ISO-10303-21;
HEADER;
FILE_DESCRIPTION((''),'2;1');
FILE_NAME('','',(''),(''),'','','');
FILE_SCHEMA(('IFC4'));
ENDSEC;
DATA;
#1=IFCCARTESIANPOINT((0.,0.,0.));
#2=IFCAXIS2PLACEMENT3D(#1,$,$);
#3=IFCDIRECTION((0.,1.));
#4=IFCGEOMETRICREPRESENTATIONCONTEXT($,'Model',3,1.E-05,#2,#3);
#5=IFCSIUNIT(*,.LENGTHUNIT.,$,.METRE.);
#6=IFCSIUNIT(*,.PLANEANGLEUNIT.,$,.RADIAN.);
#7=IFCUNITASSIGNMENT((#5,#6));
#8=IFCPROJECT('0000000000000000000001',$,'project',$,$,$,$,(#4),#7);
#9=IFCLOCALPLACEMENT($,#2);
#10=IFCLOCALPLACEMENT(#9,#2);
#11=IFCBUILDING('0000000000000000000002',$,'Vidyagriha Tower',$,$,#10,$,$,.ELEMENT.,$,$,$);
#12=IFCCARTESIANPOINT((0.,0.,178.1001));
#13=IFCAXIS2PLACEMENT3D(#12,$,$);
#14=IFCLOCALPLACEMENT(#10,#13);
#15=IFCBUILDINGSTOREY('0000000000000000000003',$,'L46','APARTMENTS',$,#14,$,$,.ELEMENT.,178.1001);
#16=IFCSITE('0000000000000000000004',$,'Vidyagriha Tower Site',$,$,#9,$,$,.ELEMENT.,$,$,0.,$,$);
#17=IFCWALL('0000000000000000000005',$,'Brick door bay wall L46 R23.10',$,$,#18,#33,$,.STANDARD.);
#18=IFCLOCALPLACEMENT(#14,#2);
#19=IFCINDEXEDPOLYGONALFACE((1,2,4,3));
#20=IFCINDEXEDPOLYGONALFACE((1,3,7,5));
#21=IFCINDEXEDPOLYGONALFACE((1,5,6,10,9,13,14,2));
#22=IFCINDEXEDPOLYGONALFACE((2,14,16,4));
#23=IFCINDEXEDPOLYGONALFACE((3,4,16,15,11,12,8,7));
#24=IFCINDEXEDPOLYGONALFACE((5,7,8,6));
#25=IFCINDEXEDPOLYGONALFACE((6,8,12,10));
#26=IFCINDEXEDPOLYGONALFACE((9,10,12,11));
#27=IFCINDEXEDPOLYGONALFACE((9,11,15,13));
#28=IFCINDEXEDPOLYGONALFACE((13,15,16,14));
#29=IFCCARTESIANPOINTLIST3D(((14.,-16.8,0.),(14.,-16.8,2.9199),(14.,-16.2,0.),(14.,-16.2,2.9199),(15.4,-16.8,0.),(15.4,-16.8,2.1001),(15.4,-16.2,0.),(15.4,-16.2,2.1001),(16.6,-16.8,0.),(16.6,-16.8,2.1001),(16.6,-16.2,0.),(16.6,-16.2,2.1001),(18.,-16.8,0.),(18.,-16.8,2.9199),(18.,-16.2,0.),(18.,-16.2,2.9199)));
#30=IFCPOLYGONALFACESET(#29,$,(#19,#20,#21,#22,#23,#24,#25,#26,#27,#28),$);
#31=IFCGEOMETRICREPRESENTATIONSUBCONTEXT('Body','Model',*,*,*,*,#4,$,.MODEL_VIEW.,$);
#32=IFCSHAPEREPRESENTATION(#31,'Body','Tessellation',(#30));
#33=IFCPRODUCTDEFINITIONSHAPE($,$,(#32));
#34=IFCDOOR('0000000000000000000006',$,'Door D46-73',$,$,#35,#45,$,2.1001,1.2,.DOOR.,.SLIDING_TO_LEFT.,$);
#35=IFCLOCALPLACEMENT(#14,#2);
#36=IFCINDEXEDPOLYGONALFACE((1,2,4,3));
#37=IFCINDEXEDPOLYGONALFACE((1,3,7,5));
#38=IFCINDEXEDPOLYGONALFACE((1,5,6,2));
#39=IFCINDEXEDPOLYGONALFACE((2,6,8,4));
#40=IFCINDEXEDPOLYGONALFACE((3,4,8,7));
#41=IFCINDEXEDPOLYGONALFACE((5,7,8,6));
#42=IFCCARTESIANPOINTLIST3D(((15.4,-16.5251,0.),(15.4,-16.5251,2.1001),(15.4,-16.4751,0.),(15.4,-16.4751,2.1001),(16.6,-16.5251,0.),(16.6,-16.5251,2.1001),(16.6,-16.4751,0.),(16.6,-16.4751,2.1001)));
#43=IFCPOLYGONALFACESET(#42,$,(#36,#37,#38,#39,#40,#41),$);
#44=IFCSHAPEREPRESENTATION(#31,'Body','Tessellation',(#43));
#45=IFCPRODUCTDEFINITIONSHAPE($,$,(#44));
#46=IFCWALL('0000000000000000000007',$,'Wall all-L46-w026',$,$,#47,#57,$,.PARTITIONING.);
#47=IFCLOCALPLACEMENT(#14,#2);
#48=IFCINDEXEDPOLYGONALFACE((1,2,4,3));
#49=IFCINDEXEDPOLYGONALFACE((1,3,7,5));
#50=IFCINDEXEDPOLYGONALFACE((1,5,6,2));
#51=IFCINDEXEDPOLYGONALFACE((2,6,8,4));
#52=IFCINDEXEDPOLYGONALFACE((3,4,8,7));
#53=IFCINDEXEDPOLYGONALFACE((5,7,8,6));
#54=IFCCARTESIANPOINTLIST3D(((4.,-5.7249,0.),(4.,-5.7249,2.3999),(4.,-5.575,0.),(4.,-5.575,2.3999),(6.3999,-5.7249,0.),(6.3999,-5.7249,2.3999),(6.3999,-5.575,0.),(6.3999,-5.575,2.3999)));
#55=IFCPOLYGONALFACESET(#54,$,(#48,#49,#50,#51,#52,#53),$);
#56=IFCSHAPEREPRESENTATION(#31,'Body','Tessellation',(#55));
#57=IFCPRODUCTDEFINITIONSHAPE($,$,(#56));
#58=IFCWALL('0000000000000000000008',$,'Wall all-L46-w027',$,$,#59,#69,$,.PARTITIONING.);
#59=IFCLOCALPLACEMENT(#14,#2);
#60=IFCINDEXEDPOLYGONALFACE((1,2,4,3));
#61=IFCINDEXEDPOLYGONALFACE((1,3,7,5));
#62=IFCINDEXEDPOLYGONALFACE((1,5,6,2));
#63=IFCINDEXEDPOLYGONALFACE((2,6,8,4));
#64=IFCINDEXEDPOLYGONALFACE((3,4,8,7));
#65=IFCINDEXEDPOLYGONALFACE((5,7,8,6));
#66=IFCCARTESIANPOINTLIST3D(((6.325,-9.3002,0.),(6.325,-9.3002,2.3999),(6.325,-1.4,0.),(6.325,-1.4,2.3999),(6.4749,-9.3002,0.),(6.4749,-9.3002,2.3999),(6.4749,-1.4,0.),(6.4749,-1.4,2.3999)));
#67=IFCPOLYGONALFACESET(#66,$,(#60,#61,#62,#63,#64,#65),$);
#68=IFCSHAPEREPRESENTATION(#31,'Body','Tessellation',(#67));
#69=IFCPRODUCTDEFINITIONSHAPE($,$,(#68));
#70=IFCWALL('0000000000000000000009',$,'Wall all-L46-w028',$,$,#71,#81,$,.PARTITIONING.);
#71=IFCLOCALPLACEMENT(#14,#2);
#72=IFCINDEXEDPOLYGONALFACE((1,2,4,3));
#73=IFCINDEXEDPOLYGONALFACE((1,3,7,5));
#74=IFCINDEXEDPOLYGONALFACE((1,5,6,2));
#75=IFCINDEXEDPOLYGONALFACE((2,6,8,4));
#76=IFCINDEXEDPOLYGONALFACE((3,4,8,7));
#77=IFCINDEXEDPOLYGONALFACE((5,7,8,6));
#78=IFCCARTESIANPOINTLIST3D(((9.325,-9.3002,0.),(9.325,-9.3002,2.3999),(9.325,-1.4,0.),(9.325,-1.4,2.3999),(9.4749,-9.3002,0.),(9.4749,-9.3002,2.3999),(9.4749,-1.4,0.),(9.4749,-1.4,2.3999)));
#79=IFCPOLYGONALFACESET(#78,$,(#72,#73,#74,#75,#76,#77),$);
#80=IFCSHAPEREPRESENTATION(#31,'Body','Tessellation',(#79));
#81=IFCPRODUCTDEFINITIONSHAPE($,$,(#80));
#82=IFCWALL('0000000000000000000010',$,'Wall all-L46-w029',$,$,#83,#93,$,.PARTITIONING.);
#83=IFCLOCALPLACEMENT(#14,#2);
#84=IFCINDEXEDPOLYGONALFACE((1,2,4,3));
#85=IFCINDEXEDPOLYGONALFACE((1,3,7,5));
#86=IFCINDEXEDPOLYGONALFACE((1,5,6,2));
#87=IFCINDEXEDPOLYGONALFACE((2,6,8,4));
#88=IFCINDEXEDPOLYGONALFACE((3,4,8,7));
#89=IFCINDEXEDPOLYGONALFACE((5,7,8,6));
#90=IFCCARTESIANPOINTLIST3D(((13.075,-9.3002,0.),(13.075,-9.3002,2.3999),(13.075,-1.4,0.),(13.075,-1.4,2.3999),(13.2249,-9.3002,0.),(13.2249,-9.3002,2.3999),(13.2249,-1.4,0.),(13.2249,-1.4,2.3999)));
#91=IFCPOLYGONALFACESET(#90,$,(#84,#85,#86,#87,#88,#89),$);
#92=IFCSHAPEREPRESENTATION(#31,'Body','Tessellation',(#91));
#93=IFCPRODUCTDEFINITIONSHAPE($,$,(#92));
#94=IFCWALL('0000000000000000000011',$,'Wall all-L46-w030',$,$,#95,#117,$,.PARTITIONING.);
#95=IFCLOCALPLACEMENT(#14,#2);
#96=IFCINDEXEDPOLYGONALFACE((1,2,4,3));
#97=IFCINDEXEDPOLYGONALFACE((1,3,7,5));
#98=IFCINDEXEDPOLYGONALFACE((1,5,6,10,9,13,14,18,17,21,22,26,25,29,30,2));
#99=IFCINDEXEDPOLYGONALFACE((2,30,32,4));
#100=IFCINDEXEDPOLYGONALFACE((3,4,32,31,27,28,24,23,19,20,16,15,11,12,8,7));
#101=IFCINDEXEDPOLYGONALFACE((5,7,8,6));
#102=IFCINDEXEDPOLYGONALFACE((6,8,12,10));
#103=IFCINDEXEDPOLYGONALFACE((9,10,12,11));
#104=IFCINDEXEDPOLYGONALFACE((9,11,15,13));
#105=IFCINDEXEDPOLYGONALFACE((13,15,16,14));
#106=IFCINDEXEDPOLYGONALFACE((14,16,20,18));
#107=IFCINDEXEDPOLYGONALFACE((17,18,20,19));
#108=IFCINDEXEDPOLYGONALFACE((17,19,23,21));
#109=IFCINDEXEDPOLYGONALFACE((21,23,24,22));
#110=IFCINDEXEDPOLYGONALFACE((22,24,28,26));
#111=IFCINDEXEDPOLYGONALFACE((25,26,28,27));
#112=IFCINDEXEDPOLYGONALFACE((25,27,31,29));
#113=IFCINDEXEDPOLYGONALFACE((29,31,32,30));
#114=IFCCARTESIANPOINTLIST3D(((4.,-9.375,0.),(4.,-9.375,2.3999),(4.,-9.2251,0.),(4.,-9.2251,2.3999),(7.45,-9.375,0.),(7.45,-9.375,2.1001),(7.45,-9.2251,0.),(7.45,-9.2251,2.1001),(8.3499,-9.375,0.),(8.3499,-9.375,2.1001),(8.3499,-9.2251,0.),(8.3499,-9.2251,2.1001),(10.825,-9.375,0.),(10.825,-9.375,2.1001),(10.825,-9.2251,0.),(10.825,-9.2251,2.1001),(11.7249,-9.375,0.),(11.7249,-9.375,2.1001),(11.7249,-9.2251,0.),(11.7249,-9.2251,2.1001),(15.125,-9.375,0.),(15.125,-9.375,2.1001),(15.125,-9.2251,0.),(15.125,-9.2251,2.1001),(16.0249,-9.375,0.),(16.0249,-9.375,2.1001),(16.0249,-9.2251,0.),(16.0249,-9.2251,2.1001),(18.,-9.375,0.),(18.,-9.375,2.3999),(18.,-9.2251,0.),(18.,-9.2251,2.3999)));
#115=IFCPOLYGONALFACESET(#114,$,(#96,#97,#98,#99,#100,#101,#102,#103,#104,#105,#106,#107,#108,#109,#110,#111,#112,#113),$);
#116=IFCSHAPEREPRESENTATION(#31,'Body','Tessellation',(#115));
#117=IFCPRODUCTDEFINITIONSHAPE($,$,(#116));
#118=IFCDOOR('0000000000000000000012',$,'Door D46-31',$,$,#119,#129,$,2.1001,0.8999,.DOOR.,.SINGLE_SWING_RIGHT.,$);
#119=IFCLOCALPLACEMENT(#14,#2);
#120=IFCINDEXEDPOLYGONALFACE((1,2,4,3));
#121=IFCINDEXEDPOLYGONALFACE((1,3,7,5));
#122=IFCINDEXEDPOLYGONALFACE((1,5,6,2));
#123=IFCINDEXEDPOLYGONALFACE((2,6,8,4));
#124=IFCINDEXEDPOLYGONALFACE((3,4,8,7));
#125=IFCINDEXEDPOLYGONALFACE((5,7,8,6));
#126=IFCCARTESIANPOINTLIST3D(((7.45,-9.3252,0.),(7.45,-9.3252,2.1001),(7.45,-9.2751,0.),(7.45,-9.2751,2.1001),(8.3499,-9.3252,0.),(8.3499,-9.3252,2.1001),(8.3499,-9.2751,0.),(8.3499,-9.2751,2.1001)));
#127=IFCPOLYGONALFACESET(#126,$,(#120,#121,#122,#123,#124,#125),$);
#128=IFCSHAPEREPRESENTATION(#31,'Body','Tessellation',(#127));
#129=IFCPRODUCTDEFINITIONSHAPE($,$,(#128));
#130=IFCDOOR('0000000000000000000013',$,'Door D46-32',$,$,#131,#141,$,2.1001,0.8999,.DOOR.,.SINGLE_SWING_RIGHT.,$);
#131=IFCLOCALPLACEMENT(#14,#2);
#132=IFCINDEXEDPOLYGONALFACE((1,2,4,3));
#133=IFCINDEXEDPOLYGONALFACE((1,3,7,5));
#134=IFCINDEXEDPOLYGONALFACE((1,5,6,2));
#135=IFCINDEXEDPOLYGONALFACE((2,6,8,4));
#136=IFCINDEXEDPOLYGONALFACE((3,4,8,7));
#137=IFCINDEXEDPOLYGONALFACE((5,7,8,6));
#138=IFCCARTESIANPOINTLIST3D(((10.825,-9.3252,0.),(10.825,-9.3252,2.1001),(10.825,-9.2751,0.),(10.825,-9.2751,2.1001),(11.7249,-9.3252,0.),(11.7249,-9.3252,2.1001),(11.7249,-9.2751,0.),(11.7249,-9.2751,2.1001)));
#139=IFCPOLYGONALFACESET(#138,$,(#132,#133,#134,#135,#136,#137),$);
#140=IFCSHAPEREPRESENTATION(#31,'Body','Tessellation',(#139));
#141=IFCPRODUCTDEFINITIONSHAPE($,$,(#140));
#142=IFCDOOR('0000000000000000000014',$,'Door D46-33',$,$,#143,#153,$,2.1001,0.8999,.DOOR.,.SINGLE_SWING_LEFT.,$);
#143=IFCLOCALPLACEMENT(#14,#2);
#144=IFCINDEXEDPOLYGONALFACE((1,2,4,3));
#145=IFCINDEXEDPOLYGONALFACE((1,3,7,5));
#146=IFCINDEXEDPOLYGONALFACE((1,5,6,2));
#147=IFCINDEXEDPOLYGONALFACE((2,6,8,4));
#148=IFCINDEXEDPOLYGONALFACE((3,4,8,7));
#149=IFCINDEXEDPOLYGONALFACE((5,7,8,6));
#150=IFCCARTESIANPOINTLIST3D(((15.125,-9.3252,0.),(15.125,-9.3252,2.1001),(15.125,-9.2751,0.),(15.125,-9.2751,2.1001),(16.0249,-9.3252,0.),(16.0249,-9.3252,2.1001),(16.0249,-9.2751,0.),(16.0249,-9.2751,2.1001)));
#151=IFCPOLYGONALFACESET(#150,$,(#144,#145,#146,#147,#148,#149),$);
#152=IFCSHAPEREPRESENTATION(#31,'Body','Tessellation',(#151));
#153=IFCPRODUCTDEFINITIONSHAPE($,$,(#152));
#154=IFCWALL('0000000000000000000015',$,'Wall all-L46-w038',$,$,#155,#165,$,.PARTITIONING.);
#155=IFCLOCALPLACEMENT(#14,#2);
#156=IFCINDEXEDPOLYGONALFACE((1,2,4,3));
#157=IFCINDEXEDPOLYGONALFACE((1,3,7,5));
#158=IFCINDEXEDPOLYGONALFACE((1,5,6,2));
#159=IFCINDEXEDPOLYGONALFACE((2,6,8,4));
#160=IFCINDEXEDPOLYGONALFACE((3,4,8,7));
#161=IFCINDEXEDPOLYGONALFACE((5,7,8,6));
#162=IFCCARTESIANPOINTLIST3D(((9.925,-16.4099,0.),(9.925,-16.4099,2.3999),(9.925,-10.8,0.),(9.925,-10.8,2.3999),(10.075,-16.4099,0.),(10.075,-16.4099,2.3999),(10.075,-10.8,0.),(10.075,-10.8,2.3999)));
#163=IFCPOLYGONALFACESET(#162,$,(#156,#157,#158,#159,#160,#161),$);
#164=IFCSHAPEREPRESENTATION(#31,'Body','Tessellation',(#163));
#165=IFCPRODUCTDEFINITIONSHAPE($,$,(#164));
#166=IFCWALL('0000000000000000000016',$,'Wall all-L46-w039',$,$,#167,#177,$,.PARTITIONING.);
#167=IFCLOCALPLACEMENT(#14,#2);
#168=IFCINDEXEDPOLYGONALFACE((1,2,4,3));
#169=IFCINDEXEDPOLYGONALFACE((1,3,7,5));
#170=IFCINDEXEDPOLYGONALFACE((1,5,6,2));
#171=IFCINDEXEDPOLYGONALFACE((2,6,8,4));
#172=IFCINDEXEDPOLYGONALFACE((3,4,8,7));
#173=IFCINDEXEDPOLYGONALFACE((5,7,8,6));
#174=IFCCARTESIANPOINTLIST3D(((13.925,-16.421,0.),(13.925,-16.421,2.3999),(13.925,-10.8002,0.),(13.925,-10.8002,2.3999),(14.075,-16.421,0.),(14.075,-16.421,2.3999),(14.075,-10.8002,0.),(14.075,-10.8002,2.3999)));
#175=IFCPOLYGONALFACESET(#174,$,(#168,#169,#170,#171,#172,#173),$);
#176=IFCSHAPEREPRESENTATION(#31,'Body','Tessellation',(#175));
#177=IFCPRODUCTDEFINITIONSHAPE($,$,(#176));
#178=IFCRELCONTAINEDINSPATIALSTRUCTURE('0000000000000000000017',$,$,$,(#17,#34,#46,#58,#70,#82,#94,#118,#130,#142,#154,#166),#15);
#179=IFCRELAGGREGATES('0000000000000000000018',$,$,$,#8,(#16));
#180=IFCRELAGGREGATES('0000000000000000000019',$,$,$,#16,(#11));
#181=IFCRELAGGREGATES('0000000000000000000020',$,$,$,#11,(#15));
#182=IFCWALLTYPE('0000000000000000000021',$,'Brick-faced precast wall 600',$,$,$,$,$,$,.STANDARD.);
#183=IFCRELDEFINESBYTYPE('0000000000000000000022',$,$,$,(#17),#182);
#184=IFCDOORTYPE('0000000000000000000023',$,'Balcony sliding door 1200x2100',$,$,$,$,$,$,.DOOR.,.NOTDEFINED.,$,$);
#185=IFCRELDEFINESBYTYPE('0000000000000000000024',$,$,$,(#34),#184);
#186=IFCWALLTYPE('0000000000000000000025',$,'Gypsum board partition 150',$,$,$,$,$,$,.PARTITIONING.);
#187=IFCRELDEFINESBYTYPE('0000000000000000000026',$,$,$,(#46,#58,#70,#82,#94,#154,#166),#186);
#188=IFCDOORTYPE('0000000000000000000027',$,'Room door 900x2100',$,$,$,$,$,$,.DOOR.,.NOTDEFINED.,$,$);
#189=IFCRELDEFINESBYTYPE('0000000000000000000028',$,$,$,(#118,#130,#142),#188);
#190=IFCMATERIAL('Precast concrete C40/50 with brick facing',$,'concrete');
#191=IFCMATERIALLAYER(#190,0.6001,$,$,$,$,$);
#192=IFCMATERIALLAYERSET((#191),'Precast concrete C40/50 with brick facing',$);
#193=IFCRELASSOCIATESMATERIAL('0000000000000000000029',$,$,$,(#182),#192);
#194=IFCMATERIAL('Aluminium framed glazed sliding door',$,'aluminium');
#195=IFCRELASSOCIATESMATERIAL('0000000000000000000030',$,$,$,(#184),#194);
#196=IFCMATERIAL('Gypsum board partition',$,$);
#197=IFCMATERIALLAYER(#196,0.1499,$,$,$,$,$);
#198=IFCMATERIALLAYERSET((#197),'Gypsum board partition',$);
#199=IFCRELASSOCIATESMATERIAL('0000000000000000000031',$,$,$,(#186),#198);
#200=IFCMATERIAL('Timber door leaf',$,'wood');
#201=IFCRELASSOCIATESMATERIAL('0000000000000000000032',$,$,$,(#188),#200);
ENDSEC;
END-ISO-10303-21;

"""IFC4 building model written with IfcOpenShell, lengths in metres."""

from ifc_helpers import new_model, si_unit, direction, frame, frame_2d, origin, place, context, subcontext, project, spatial, rectangle, extrude, material, layer, layer_set, type_object, element, fill, save


model = new_model("IFC4")

# Units and contexts
model_context = context("Model", 3, precision=1e-05, world=origin(), true_north=direction((0.0, 1.0)))
body_context = subcontext(model_context, "Body", "Model", "MODEL_VIEW")
ifc_project = project(units=[si_unit("LENGTHUNIT", "METRE"), si_unit("PLANEANGLEUNIT", "RADIAN")], contexts=[model_context])

# Site, building, storey
site_placement = place(None, origin())
site = spatial("IfcSite", under=ifc_project, at=site_placement, Name="Vidyagriha Tower Site", CompositionType="ELEMENT", RefElevation=0.0)
building_placement = place(site_placement, origin())
building = spatial("IfcBuilding", under=site, at=building_placement, Name="Vidyagriha Tower", CompositionType="ELEMENT")
storey_placement = place(building_placement, frame((0.0, 0.0, 178.1001)))
storey = spatial("IfcBuildingStorey", under=building, at=storey_placement, Name="L46", Description="APARTMENTS", CompositionType="ELEMENT", Elevation=178.1001)

# Wall, opening, door
ifc_material_1 = material(Name="Precast concrete C40/50 with brick facing", Category="concrete")
ifc_layer_1 = layer(ifc_material_1, 0.6001)
ifc_layer_set_1 = layer_set([ifc_layer_1], Name="Precast concrete C40/50 with brick facing")
wall_type_1 = type_object("IfcWallType", Name="Brick-faced precast wall 600", PredefinedType="STANDARD", material=ifc_layer_set_1)
ifc_material_2 = material(Name="Aluminium framed glazed sliding door", Category="aluminium")
door_type_1 = type_object("IfcDoorType", Name="Balcony sliding door 1200x2100", OperationType="NOTDEFINED", PredefinedType="DOOR", material=ifc_material_2)
wall_1_placement = place(storey_placement, frame((14.0, -16.5, 0.0)))
wall_1 = element("IfcWall", 1, at=wall_1_placement, inside=storey, type_object=wall_type_1, Name="Brick door bay wall L46 R23.10", PredefinedType="STANDARD", context=body_context, shape_type="SweptSolid", body=[
    extrude(rectangle(XDim=4.0, YDim=0.6001, at=frame_2d((2.0, 0.0))), origin(), (0.0, 0.0, 1.0), 2.9199),
])
opening_1_placement = place(wall_1_placement, frame((1.3999, 0.0, 0.0)))
opening_1 = element("IfcOpeningElement", 2, at=opening_1_placement, cuts=wall_1, PredefinedType="OPENING", context=body_context, shape_type="SweptSolid", body=[
    extrude(rectangle(XDim=1.2, YDim=2.1001, at=frame_2d((0.6001, 1.05))), frame((0.0, 0.3101, 0.0), z_axis=(0.0, -1.0, 0.0), x_axis=(1.0, 0.0, 0.0)), (0.0, 0.0, 1.0), 0.6201),
])
door_1_placement = place(opening_1_placement, origin())
door_1 = element("IfcDoor", 3, at=door_1_placement, inside=storey, type_object=door_type_1, Name="Door D46-73", OperationType="SLIDING_TO_LEFT", OverallHeight=2.1001, OverallWidth=1.2, PredefinedType="DOOR", context=body_context, shape_type="SweptSolid", body=[
    extrude(rectangle(XDim=1.2, YDim=2.1001, at=frame_2d((0.6001, 1.05))), frame((0.0, 0.0249, 0.0), z_axis=(0.0, -1.0, 0.0), x_axis=(1.0, 0.0, 0.0)), (0.0, 0.0, 1.0), 0.05),
])
fill(opening_1, door_1)

# Walls
ifc_material_3 = material(Name="Gypsum board partition")
ifc_layer_2 = layer(ifc_material_3, 0.1499)
ifc_layer_set_2 = layer_set([ifc_layer_2], Name="Gypsum board partition")
wall_type_2 = type_object("IfcWallType", Name="Gypsum board partition 150", PredefinedType="PARTITIONING", material=ifc_layer_set_2)
wall_2_placement = place(storey_placement, frame((6.3999, -5.6499, 0.0), z_axis=(0.0, 0.0, 1.0), x_axis=(-1.0, 0.0, 0.0)))
element("IfcWall", 4, at=wall_2_placement, inside=storey, type_object=wall_type_2, Name="Wall all-L46-w026", PredefinedType="PARTITIONING", context=body_context, shape_type="SweptSolid", body=[
    extrude(rectangle(XDim=2.3999, YDim=0.1499, at=frame_2d((1.2, 0.0))), origin(), (0.0, 0.0, 1.0), 2.3999),
])
for number, where, z_axis, x_axis, name in (
    (5, (6.3999, -1.3999, 0.0), (0.0, 0.0, 1.0), (0.0, -1.0, 0.0), "Wall all-L46-w027"),
    (6, (9.3999, -1.3999, 0.0), (0.0, 0.0, 1.0), (0.0, -1.0, 0.0), "Wall all-L46-w028"),
    (7, (13.1499, -1.3999, 0.0), (0.0, 0.0, 1.0), (0.0, -1.0, 0.0), "Wall all-L46-w029"),
):
    element("IfcWall", number, at=place(storey_placement, frame(where, z_axis=z_axis, x_axis=x_axis)), inside=storey, type_object=wall_type_2, Name=name, PredefinedType="PARTITIONING", context=body_context, shape_type="SweptSolid", body=[
        extrude(rectangle(XDim=7.9001, YDim=0.1499, at=frame_2d((3.9502, 0.0))), origin(), (0.0, 0.0, 1.0), 2.3999),
    ])

# Wall, openings, doors
wall_3_placement = place(storey_placement, frame((4.0, -9.3, 0.0)))
wall_3 = element("IfcWall", 8, at=wall_3_placement, inside=storey, type_object=wall_type_2, Name="Wall all-L46-w030", PredefinedType="PARTITIONING", context=body_context, shape_type="SweptSolid", body=[
    extrude(rectangle(XDim=14.0, YDim=0.1499, at=frame_2d((7.0, 0.0))), origin(), (0.0, 0.0, 1.0), 2.3999),
])
opening_2_placement = place(wall_3_placement, frame((3.45, 0.0, 0.0)))
opening_2 = element("IfcOpeningElement", 9, at=opening_2_placement, cuts=wall_3, PredefinedType="OPENING", context=body_context, shape_type="SweptSolid", body=[
    extrude(rectangle(XDim=0.8999, YDim=2.1001, at=frame_2d((0.45, 1.05))), frame((0.0, 0.085, 0.0), z_axis=(0.0, -1.0, 0.0), x_axis=(1.0, 0.0, 0.0)), (0.0, 0.0, 1.0), 0.1699),
])
opening_3_placement = place(wall_3_placement, frame((6.825, 0.0, 0.0)))
opening_3 = element("IfcOpeningElement", 10, at=opening_3_placement, cuts=wall_3, PredefinedType="OPENING", context=body_context, shape_type="SweptSolid", body=[
    extrude(rectangle(XDim=0.8999, YDim=2.1001, at=frame_2d((0.45, 1.05))), frame((0.0, 0.085, 0.0), z_axis=(0.0, -1.0, 0.0), x_axis=(1.0, 0.0, 0.0)), (0.0, 0.0, 1.0), 0.1699),
])
opening_4_placement = place(wall_3_placement, frame((11.125, 0.0, 0.0)))
opening_4 = element("IfcOpeningElement", 11, at=opening_4_placement, cuts=wall_3, PredefinedType="OPENING", context=body_context, shape_type="SweptSolid", body=[
    extrude(rectangle(XDim=0.8999, YDim=2.1001, at=frame_2d((0.45, 1.05))), frame((0.0, 0.085, 0.0), z_axis=(0.0, -1.0, 0.0), x_axis=(1.0, 0.0, 0.0)), (0.0, 0.0, 1.0), 0.1699),
])
ifc_material_4 = material(Name="Timber door leaf", Category="wood")
door_type_2 = type_object("IfcDoorType", Name="Room door 900x2100", OperationType="NOTDEFINED", PredefinedType="DOOR", material=ifc_material_4)
door_2_placement = place(opening_2_placement, origin())
door_2 = element("IfcDoor", 12, at=door_2_placement, inside=storey, type_object=door_type_2, Name="Door D46-31", OperationType="SINGLE_SWING_RIGHT", OverallHeight=2.1001, OverallWidth=0.8999, PredefinedType="DOOR", context=body_context, shape_type="SweptSolid", body=[
    extrude(rectangle(XDim=0.8999, YDim=2.1001, at=frame_2d((0.45, 1.05))), frame((0.0, 0.0249, 0.0), z_axis=(0.0, -1.0, 0.0), x_axis=(1.0, 0.0, 0.0)), (0.0, 0.0, 1.0), 0.05),
])
fill(opening_2, door_2)
door_3_placement = place(opening_3_placement, origin())
door_3 = element("IfcDoor", 13, at=door_3_placement, inside=storey, type_object=door_type_2, Name="Door D46-32", OperationType="SINGLE_SWING_RIGHT", OverallHeight=2.1001, OverallWidth=0.8999, PredefinedType="DOOR", context=body_context, shape_type="SweptSolid", body=[
    extrude(rectangle(XDim=0.8999, YDim=2.1001, at=frame_2d((0.45, 1.05))), frame((0.0, 0.0249, 0.0), z_axis=(0.0, -1.0, 0.0), x_axis=(1.0, 0.0, 0.0)), (0.0, 0.0, 1.0), 0.05),
])
fill(opening_3, door_3)
door_4_placement = place(opening_4_placement, origin())
door_4 = element("IfcDoor", 14, at=door_4_placement, inside=storey, type_object=door_type_2, Name="Door D46-33", OperationType="SINGLE_SWING_LEFT", OverallHeight=2.1001, OverallWidth=0.8999, PredefinedType="DOOR", context=body_context, shape_type="SweptSolid", body=[
    extrude(rectangle(XDim=0.8999, YDim=2.1001, at=frame_2d((0.45, 1.05))), frame((0.0, 0.0249, 0.0), z_axis=(0.0, -1.0, 0.0), x_axis=(1.0, 0.0, 0.0)), (0.0, 0.0, 1.0), 0.05),
])
fill(opening_4, door_4)

# Walls
wall_4_placement = place(storey_placement, frame((10.0, -10.8, 0.0), z_axis=(0.0, 0.0, 1.0), x_axis=(0.0, -1.0, 0.0)))
element("IfcWall", 15, at=wall_4_placement, inside=storey, type_object=wall_type_2, Name="Wall all-L46-w038", PredefinedType="PARTITIONING", context=body_context, shape_type="SweptSolid", body=[
    extrude(rectangle(XDim=5.6099, YDim=0.1499, at=frame_2d((2.8049, 0.0))), origin(), (0.0, 0.0, 1.0), 2.3999),
])
wall_5_placement = place(storey_placement, frame((14.0, -10.8, 0.0), z_axis=(0.0, 0.0, 1.0), x_axis=(0.0, -1.0, 0.0)))
element("IfcWall", 16, at=wall_5_placement, inside=storey, type_object=wall_type_2, Name="Wall all-L46-w039", PredefinedType="PARTITIONING", context=body_context, shape_type="SweptSolid", body=[
    extrude(rectangle(XDim=5.6208, YDim=0.1499, at=frame_2d((2.8105, 0.0))), origin(), (0.0, 0.0, 1.0), 2.3999),
])

save(model, "model.ifc")
